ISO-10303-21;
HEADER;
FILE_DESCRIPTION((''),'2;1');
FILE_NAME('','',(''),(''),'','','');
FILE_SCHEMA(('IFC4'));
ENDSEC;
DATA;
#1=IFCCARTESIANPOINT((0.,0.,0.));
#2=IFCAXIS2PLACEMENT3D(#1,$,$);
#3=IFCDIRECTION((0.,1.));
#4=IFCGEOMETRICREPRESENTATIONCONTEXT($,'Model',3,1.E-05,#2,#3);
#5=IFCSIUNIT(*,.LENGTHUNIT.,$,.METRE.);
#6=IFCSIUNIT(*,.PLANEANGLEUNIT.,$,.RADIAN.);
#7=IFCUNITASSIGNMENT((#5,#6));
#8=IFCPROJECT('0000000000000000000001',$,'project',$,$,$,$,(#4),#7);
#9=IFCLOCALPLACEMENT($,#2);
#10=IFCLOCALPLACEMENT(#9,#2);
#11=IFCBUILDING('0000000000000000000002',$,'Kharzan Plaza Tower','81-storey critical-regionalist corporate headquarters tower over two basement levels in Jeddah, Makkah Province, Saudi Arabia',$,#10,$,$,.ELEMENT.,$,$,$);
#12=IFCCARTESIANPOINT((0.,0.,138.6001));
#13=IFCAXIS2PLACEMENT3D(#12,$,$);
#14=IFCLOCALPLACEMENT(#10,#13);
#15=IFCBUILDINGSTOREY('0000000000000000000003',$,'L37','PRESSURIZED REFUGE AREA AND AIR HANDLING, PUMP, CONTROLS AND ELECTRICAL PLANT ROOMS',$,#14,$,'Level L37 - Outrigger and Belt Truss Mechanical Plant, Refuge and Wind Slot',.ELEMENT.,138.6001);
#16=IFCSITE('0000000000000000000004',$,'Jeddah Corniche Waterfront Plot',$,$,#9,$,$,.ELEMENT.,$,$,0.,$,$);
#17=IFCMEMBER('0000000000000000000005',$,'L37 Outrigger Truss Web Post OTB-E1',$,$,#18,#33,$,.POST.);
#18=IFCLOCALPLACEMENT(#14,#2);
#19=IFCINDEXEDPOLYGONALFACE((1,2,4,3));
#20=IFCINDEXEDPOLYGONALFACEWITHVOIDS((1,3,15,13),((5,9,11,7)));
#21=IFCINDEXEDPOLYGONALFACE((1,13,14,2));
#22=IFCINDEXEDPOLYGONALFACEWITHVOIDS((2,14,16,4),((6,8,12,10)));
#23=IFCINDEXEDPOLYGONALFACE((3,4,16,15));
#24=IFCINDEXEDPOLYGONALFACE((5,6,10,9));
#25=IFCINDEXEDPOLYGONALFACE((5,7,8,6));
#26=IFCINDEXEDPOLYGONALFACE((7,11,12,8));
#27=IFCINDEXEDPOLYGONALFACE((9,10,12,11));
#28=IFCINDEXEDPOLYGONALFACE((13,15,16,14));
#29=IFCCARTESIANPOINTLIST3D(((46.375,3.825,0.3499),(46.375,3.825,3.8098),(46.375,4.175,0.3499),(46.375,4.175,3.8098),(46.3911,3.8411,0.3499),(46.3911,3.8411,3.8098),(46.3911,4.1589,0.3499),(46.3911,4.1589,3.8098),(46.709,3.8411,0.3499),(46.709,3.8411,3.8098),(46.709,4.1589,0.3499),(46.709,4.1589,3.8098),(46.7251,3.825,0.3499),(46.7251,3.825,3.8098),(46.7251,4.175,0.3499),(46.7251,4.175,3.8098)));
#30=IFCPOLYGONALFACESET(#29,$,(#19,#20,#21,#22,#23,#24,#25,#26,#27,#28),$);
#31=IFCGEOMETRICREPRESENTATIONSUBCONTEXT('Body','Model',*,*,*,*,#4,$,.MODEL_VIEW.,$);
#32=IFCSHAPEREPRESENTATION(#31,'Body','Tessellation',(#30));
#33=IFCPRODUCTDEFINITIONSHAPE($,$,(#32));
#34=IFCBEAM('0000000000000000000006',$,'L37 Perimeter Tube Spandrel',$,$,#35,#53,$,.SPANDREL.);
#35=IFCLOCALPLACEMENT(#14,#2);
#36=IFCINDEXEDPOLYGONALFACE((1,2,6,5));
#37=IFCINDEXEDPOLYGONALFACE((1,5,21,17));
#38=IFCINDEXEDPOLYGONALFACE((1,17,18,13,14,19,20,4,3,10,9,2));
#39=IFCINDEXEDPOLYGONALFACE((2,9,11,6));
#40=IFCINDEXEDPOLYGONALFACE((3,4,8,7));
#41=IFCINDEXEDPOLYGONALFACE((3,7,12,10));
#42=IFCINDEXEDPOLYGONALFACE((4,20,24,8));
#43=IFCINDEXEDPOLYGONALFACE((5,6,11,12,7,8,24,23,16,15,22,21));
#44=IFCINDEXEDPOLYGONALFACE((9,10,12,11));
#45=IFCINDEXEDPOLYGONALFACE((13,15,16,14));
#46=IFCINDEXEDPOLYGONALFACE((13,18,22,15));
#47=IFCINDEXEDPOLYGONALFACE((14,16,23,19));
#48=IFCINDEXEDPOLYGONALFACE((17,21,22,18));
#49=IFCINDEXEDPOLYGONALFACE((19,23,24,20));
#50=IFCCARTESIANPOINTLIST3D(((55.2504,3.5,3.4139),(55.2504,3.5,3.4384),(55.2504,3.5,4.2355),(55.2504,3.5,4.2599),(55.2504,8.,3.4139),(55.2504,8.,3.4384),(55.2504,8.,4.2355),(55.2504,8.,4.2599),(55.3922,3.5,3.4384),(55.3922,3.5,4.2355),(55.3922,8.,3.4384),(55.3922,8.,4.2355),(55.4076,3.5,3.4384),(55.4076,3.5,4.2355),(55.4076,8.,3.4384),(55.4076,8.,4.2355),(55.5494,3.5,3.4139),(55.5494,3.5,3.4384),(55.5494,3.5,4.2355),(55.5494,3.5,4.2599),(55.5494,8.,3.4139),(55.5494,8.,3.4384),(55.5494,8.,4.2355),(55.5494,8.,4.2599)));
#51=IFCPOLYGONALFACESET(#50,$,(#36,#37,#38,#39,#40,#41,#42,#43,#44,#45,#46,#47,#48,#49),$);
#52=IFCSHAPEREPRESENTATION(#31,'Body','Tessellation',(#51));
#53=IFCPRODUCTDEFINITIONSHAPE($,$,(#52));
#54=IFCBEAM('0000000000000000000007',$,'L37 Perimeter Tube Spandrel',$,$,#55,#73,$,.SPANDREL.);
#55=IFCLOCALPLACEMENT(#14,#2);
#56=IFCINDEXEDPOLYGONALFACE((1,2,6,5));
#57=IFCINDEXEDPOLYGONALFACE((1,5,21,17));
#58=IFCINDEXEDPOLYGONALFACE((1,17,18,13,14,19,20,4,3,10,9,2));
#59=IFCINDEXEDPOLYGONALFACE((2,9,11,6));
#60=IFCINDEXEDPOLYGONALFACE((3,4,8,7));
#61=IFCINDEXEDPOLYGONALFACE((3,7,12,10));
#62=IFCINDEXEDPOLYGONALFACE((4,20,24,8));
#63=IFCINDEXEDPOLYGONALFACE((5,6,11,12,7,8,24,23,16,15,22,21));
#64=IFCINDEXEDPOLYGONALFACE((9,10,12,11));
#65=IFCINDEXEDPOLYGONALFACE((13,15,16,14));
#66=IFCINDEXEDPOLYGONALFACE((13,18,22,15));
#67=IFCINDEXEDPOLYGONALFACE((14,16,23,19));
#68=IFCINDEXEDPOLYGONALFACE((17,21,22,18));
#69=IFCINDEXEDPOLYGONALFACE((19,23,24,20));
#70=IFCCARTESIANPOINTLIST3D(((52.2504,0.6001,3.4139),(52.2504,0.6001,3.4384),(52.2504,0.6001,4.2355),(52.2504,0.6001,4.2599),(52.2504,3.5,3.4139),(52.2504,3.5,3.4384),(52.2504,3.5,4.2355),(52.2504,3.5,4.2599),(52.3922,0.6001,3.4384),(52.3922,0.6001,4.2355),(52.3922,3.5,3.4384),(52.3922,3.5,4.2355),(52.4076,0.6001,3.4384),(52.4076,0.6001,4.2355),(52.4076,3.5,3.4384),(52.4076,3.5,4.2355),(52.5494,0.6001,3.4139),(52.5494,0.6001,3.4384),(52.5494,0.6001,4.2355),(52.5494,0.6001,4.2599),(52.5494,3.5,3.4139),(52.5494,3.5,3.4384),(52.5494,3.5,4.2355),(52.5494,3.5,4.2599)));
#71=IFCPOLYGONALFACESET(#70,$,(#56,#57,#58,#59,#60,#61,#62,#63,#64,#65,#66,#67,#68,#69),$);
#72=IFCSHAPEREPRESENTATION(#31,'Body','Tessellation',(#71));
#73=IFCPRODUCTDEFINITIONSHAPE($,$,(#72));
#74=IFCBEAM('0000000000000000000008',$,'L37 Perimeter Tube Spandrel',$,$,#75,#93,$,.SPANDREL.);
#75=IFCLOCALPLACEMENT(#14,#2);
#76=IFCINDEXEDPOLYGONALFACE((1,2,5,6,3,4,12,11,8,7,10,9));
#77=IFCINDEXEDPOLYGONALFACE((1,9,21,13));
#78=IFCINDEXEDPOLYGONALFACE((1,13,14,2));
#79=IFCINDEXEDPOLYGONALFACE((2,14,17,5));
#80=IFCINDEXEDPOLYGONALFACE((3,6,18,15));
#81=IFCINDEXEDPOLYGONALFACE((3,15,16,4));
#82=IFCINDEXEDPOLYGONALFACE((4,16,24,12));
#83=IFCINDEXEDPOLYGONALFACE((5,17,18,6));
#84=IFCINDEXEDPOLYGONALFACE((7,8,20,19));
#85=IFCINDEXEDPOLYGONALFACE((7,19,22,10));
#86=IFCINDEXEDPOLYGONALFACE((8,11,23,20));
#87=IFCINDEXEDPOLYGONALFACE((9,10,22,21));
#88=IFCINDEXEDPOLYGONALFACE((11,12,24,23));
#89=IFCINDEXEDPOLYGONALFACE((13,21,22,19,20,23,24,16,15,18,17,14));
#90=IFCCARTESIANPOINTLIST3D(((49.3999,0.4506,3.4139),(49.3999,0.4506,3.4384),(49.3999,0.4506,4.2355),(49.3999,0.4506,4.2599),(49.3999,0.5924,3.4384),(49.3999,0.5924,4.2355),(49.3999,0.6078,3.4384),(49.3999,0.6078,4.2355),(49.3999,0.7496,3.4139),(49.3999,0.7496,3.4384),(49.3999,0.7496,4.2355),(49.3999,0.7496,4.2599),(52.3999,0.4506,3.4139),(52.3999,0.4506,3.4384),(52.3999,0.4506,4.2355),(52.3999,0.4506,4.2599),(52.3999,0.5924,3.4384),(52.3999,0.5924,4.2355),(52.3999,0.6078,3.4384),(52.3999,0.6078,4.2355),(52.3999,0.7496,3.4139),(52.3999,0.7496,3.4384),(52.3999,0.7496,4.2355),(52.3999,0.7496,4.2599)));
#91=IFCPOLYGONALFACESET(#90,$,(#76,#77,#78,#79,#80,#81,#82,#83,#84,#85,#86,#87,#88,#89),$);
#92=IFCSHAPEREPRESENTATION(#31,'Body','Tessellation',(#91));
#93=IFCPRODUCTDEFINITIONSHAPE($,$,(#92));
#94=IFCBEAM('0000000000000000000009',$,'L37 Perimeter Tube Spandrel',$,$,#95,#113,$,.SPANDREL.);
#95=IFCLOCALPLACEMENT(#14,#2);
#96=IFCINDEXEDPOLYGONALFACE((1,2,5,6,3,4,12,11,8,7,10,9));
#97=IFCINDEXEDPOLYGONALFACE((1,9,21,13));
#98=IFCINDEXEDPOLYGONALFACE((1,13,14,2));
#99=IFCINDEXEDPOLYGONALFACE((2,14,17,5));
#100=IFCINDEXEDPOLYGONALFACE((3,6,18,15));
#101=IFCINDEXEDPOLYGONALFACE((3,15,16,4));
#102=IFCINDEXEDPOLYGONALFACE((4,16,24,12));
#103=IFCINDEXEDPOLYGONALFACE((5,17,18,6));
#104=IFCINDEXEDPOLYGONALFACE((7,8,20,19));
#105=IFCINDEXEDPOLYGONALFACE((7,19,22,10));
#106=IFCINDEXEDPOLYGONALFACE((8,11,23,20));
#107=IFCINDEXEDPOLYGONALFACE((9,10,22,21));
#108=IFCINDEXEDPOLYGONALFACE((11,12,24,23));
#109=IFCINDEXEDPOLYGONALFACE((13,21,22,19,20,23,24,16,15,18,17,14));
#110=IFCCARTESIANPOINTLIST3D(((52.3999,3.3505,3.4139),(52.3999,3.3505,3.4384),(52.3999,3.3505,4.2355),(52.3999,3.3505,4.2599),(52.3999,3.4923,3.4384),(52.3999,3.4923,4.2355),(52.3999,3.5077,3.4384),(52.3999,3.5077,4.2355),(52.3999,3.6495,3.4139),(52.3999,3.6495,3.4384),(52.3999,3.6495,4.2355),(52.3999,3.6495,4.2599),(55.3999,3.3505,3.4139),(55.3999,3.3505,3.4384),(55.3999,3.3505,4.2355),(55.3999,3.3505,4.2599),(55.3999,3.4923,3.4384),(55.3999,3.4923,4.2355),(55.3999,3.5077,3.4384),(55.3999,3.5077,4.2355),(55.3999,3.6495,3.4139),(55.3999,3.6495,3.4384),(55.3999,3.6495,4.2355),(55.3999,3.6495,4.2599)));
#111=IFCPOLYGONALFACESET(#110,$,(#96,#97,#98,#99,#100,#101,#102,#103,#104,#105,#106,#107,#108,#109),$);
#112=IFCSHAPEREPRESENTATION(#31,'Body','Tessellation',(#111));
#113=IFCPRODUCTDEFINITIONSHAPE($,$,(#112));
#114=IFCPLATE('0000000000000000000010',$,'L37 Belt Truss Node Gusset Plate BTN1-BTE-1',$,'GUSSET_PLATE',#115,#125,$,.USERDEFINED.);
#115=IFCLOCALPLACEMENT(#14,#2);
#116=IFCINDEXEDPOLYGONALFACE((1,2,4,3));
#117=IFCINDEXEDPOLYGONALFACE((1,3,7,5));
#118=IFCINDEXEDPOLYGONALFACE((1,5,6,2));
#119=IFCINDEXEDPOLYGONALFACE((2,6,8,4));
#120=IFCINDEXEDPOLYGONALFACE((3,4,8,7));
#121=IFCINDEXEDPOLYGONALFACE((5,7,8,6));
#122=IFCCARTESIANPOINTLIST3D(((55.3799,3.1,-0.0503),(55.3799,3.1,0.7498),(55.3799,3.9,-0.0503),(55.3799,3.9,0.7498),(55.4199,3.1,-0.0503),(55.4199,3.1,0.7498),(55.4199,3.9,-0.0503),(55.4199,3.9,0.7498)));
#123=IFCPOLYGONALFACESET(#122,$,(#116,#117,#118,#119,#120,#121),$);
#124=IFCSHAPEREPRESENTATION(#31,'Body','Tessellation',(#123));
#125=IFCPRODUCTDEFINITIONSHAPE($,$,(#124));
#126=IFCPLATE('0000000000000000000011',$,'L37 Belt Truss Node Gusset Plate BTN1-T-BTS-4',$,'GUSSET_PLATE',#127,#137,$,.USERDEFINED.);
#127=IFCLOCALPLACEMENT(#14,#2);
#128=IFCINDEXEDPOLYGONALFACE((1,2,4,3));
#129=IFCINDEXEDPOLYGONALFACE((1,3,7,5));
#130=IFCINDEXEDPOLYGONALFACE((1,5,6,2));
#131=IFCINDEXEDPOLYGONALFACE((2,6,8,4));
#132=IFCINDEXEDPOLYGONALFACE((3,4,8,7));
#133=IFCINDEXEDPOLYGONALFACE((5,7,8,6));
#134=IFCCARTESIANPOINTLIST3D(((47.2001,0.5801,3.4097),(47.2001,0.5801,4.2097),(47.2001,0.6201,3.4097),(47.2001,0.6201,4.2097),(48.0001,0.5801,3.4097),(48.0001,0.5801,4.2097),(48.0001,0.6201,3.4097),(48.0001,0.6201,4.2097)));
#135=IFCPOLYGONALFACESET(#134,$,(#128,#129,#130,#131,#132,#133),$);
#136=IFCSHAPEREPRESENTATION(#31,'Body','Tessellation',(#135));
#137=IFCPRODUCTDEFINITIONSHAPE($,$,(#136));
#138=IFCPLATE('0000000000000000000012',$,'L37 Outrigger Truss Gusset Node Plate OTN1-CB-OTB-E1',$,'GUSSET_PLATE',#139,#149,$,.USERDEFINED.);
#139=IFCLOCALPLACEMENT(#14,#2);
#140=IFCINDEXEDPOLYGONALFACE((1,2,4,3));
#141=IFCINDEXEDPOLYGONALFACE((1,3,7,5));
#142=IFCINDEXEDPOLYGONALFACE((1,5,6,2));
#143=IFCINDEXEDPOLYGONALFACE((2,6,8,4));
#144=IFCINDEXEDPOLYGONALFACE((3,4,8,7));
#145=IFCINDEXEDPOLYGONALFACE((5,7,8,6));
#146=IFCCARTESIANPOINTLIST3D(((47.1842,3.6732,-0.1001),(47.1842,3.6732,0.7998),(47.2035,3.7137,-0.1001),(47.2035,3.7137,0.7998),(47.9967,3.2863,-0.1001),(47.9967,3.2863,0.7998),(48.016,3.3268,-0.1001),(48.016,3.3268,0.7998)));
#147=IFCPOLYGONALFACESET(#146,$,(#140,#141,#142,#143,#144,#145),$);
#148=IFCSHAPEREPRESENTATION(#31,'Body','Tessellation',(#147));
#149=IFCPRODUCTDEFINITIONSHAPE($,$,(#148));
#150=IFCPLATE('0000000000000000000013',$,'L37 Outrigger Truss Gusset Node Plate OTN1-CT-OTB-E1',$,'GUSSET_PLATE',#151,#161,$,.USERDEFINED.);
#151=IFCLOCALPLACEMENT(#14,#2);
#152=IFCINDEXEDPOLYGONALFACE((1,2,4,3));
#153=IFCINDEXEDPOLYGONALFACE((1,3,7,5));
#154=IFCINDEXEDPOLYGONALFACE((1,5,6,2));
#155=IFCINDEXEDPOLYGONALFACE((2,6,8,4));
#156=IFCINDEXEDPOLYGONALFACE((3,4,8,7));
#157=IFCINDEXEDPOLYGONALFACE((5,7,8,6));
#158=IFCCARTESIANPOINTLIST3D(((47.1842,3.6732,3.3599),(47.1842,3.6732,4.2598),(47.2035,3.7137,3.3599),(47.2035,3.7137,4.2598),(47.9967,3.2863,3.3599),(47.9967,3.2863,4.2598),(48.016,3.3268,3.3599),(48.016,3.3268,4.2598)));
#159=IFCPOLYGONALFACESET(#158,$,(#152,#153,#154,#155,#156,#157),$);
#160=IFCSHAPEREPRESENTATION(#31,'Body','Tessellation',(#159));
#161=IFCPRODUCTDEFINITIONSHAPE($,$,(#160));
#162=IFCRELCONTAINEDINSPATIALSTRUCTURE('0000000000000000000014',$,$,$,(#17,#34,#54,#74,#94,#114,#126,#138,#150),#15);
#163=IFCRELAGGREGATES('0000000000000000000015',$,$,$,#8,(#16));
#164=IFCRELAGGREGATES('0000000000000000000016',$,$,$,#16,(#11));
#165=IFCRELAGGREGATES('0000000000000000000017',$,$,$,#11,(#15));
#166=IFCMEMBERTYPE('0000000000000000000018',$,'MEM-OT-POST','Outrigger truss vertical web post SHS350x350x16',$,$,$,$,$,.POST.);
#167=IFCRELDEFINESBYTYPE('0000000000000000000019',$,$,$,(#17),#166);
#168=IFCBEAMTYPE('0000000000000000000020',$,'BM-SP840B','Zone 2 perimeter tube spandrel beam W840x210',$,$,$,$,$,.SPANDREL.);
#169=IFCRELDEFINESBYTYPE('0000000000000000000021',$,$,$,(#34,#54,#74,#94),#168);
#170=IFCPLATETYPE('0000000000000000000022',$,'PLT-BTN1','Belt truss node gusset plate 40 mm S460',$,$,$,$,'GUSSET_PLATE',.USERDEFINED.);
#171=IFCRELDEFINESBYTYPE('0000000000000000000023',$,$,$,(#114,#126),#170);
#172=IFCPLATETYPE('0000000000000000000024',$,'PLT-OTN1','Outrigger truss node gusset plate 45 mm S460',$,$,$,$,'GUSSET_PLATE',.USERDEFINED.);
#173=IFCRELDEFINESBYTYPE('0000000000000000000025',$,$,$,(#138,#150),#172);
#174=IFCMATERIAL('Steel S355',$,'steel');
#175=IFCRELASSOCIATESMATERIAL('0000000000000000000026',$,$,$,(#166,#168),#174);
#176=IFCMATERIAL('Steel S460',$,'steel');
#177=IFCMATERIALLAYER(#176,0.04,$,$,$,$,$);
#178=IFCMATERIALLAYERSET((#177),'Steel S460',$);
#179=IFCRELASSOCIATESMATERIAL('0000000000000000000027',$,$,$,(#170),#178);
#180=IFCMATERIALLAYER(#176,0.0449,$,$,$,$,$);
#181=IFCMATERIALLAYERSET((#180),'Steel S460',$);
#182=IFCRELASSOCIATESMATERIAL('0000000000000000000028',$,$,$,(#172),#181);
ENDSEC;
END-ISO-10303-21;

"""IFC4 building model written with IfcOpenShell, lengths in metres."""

from ifc_helpers import new_model, si_unit, direction, frame, origin, origin_2d, place, context, subcontext, project, spatial, rectangle, hollow_rectangle, i_section, extrude, source, transform, mapped, material, layer, layer_set, material_profile, profile_set, type_object, element, save


model = new_model("IFC4")

# Units and contexts
model_context = context("Model", 3, precision=1e-05, world=origin(), true_north=direction((0.0, 1.0)))
body_context = subcontext(model_context, "Body", "Model", "MODEL_VIEW")
ifc_project = project(units=[si_unit("LENGTHUNIT", "METRE"), si_unit("PLANEANGLEUNIT", "RADIAN")], contexts=[model_context])

# Site, building, storey
site_placement = place(None, origin())
site = spatial("IfcSite", under=ifc_project, at=site_placement, Name="Jeddah Corniche Waterfront Plot", CompositionType="ELEMENT", RefElevation=0.0)
building_placement = place(site_placement, origin())
building = spatial("IfcBuilding", under=site, at=building_placement, Name="Kharzan Plaza Tower", Description="81-storey critical-regionalist corporate headquarters tower over two basement levels in Jeddah, Makkah Province, Saudi Arabia", CompositionType="ELEMENT")
storey_placement = place(building_placement, frame((0.0, 0.0, 138.6001)))
storey = spatial("IfcBuildingStorey", under=building, at=storey_placement, Name="L37", Description="PRESSURIZED REFUGE AREA AND AIR HANDLING, PUMP, CONTROLS AND ELECTRICAL PLANT ROOMS", LongName="Level L37 - Outrigger and Belt Truss Mechanical Plant, Refuge and Wind Slot", CompositionType="ELEMENT", Elevation=138.6001)

# Shared definitions
ifc_material_1 = material(Name="Steel S355", Category="steel")

# Member
ifc_material_profile_1 = material_profile(ifc_material_1, hollow_rectangle(XDim=0.3501, YDim=0.3501, WallThickness=0.0161, at=origin_2d()), Name="SHS350x350x16")
ifc_profile_set_1 = profile_set([ifc_material_profile_1], Name="Steel S355")
member_type_1 = type_object("IfcMemberType", Name="MEM-OT-POST", Description="Outrigger truss vertical web post SHS350x350x16", PredefinedType="POST", material=ifc_profile_set_1)
shared_shape_1 = source(origin(), body_context, "Body", "SweptSolid", [
    extrude(hollow_rectangle(XDim=0.3501, YDim=0.3501, WallThickness=0.0161, at=origin_2d()), origin(), (0.0, 0.0, 1.0), 3.46),
])
member_1_placement = place(storey_placement, frame((46.55, 4.0, 0.3499), z_axis=(0.0, 0.0, 1.0), x_axis=(1.0, 0.0, 0.0)))
element("IfcMember", 1, at=member_1_placement, inside=storey, type_object=member_type_1, Name="L37 Outrigger Truss Web Post OTB-E1", PredefinedType="POST", context=body_context, shape_type="MappedRepresentation", body=[
    mapped(shared_shape_1, transform((0.0, 0.0, 0.0), x_axis=(1.0, 0.0, 0.0), y_axis=(0.0, 1.0, 0.0), z_axis=(0.0, 0.0, 1.0))),
])

# Beams
ifc_material_profile_2 = material_profile(ifc_material_1, i_section(OverallWidth=0.2991, OverallDepth=0.8459, WebThickness=0.0154, FlangeThickness=0.0244, at=origin_2d()), Name="W840x210")
ifc_profile_set_2 = profile_set([ifc_material_profile_2], Name="Steel S355")
beam_type_1 = type_object("IfcBeamType", Name="BM-SP840B", Description="Zone 2 perimeter tube spandrel beam W840x210", PredefinedType="SPANDREL", material=ifc_profile_set_2)
shared_shape_2 = source(origin(), body_context, "Body", "SweptSolid", [
    extrude(i_section(OverallWidth=0.2991, OverallDepth=0.8459, WebThickness=0.0154, FlangeThickness=0.0244, at=origin_2d()), origin(), (0.0, 0.0, 1.0), 4.5),
])
beam_1_placement = place(storey_placement, frame((55.3999, 3.5, 3.8369), z_axis=(0.0, 1.0, 0.0), x_axis=(-1.0, 0.0, 0.0)))
element("IfcBeam", 2, at=beam_1_placement, inside=storey, type_object=beam_type_1, Name="L37 Perimeter Tube Spandrel", PredefinedType="SPANDREL", context=body_context, shape_type="MappedRepresentation", body=[
    mapped(shared_shape_2, transform((0.0, 0.0, 0.0), x_axis=(1.0, 0.0, 0.0), y_axis=(0.0, 1.0, 0.0), z_axis=(0.0, 0.0, 1.0))),
])
shared_shape_3 = source(origin(), body_context, "Body", "SweptSolid", [
    extrude(i_section(OverallWidth=0.2991, OverallDepth=0.8459, WebThickness=0.0154, FlangeThickness=0.0244, at=origin_2d()), origin(), (0.0, 0.0, 1.0), 2.8999),
])
beam_2_placement = place(storey_placement, frame((52.3999, 0.6001, 3.8369), z_axis=(0.0, 1.0, 0.0), x_axis=(-1.0, 0.0, 0.0)))
element("IfcBeam", 3, at=beam_2_placement, inside=storey, type_object=beam_type_1, Name="L37 Perimeter Tube Spandrel", PredefinedType="SPANDREL", context=body_context, shape_type="MappedRepresentation", body=[
    mapped(shared_shape_3, transform((0.0, 0.0, 0.0), x_axis=(1.0, 0.0, 0.0), y_axis=(0.0, 1.0, 0.0), z_axis=(0.0, 0.0, 1.0))),
])
shared_shape_4 = source(origin(), body_context, "Body", "SweptSolid", [
    extrude(i_section(OverallWidth=0.2991, OverallDepth=0.8459, WebThickness=0.0154, FlangeThickness=0.0244, at=origin_2d()), origin(), (0.0, 0.0, 1.0), 3.0),
])
for number, where, z_axis, x_axis, name in (
    (4, (49.3999, 0.6001, 3.8369), (1.0, 0.0, 0.0), (0.0, 1.0, 0.0), "L37 Perimeter Tube Spandrel"),
    (5, (52.3999, 3.5, 3.8369), (1.0, 0.0, 0.0), (0.0, 1.0, 0.0), "L37 Perimeter Tube Spandrel"),
):
    element("IfcBeam", number, at=place(storey_placement, frame(where, z_axis=z_axis, x_axis=x_axis)), inside=storey, type_object=beam_type_1, Name=name, PredefinedType="SPANDREL", context=body_context, shape_type="MappedRepresentation", body=[
        mapped(shared_shape_4, transform((0.0, 0.0, 0.0), x_axis=(1.0, 0.0, 0.0), y_axis=(0.0, 1.0, 0.0), z_axis=(0.0, 0.0, 1.0))),
    ])

# Plates
ifc_material_2 = material(Name="Steel S460", Category="steel")
ifc_layer_1 = layer(ifc_material_2, 0.04)
ifc_layer_set_1 = layer_set([ifc_layer_1], Name="Steel S460")
plate_type_1 = type_object("IfcPlateType", Name="PLT-BTN1", Description="Belt truss node gusset plate 40 mm S460", ElementType="GUSSET_PLATE", PredefinedType="USERDEFINED", material=ifc_layer_set_1)
shared_shape_5 = source(origin(), body_context, "Body", "SweptSolid", [
    extrude(rectangle(XDim=0.8, YDim=0.04, at=origin_2d()), origin(), (0.0, 0.0, 1.0), 0.8),
])
for number, where, z_axis, x_axis, name in (
    (6, (55.3999, 3.5, -0.0503), (0.0, 0.0, 1.0), (0.0, 1.0, 0.0), "L37 Belt Truss Node Gusset Plate BTN1-BTE-1"),
    (7, (47.6001, 0.6001, 3.4097), (0.0, 0.0, 1.0), (1.0, 0.0, 0.0), "L37 Belt Truss Node Gusset Plate BTN1-T-BTS-4"),
):
    element("IfcPlate", number, at=place(storey_placement, frame(where, z_axis=z_axis, x_axis=x_axis)), inside=storey, type_object=plate_type_1, Name=name, ObjectType="GUSSET_PLATE", PredefinedType="USERDEFINED", context=body_context, shape_type="MappedRepresentation", body=[
        mapped(shared_shape_5, transform((0.0, 0.0, 0.0), x_axis=(1.0, 0.0, 0.0), y_axis=(0.0, 1.0, 0.0), z_axis=(0.0, 0.0, 1.0))),
    ])
ifc_layer_2 = layer(ifc_material_2, 0.0449)
ifc_layer_set_2 = layer_set([ifc_layer_2], Name="Steel S460")
plate_type_2 = type_object("IfcPlateType", Name="PLT-OTN1", Description="Outrigger truss node gusset plate 45 mm S460", ElementType="GUSSET_PLATE", PredefinedType="USERDEFINED", material=ifc_layer_set_2)
shared_shape_6 = source(origin(), body_context, "Body", "SweptSolid", [
    extrude(rectangle(XDim=0.8999, YDim=0.0449, at=origin_2d()), origin(), (0.0, 0.0, 1.0), 0.8999),
])
for number, where, z_axis, x_axis, name in (
    (8, (47.6001, 3.5, -0.1001), (0.0, 0.0, 1.0), (0.902861, -0.429933, 0.0), "L37 Outrigger Truss Gusset Node Plate OTN1-CB-OTB-E1"),
    (9, (47.6001, 3.5, 3.3599), (0.0, 0.0, 1.0), (0.902861, -0.429933, 0.0), "L37 Outrigger Truss Gusset Node Plate OTN1-CT-OTB-E1"),
):
    element("IfcPlate", number, at=place(storey_placement, frame(where, z_axis=z_axis, x_axis=x_axis)), inside=storey, type_object=plate_type_2, Name=name, ObjectType="GUSSET_PLATE", PredefinedType="USERDEFINED", context=body_context, shape_type="MappedRepresentation", body=[
        mapped(shared_shape_6, transform((0.0, 0.0, 0.0), x_axis=(1.0, 0.0, 0.0), y_axis=(0.0, 1.0, 0.0), z_axis=(0.0, 0.0, 1.0))),
    ])

save(model, "model.ifc")
